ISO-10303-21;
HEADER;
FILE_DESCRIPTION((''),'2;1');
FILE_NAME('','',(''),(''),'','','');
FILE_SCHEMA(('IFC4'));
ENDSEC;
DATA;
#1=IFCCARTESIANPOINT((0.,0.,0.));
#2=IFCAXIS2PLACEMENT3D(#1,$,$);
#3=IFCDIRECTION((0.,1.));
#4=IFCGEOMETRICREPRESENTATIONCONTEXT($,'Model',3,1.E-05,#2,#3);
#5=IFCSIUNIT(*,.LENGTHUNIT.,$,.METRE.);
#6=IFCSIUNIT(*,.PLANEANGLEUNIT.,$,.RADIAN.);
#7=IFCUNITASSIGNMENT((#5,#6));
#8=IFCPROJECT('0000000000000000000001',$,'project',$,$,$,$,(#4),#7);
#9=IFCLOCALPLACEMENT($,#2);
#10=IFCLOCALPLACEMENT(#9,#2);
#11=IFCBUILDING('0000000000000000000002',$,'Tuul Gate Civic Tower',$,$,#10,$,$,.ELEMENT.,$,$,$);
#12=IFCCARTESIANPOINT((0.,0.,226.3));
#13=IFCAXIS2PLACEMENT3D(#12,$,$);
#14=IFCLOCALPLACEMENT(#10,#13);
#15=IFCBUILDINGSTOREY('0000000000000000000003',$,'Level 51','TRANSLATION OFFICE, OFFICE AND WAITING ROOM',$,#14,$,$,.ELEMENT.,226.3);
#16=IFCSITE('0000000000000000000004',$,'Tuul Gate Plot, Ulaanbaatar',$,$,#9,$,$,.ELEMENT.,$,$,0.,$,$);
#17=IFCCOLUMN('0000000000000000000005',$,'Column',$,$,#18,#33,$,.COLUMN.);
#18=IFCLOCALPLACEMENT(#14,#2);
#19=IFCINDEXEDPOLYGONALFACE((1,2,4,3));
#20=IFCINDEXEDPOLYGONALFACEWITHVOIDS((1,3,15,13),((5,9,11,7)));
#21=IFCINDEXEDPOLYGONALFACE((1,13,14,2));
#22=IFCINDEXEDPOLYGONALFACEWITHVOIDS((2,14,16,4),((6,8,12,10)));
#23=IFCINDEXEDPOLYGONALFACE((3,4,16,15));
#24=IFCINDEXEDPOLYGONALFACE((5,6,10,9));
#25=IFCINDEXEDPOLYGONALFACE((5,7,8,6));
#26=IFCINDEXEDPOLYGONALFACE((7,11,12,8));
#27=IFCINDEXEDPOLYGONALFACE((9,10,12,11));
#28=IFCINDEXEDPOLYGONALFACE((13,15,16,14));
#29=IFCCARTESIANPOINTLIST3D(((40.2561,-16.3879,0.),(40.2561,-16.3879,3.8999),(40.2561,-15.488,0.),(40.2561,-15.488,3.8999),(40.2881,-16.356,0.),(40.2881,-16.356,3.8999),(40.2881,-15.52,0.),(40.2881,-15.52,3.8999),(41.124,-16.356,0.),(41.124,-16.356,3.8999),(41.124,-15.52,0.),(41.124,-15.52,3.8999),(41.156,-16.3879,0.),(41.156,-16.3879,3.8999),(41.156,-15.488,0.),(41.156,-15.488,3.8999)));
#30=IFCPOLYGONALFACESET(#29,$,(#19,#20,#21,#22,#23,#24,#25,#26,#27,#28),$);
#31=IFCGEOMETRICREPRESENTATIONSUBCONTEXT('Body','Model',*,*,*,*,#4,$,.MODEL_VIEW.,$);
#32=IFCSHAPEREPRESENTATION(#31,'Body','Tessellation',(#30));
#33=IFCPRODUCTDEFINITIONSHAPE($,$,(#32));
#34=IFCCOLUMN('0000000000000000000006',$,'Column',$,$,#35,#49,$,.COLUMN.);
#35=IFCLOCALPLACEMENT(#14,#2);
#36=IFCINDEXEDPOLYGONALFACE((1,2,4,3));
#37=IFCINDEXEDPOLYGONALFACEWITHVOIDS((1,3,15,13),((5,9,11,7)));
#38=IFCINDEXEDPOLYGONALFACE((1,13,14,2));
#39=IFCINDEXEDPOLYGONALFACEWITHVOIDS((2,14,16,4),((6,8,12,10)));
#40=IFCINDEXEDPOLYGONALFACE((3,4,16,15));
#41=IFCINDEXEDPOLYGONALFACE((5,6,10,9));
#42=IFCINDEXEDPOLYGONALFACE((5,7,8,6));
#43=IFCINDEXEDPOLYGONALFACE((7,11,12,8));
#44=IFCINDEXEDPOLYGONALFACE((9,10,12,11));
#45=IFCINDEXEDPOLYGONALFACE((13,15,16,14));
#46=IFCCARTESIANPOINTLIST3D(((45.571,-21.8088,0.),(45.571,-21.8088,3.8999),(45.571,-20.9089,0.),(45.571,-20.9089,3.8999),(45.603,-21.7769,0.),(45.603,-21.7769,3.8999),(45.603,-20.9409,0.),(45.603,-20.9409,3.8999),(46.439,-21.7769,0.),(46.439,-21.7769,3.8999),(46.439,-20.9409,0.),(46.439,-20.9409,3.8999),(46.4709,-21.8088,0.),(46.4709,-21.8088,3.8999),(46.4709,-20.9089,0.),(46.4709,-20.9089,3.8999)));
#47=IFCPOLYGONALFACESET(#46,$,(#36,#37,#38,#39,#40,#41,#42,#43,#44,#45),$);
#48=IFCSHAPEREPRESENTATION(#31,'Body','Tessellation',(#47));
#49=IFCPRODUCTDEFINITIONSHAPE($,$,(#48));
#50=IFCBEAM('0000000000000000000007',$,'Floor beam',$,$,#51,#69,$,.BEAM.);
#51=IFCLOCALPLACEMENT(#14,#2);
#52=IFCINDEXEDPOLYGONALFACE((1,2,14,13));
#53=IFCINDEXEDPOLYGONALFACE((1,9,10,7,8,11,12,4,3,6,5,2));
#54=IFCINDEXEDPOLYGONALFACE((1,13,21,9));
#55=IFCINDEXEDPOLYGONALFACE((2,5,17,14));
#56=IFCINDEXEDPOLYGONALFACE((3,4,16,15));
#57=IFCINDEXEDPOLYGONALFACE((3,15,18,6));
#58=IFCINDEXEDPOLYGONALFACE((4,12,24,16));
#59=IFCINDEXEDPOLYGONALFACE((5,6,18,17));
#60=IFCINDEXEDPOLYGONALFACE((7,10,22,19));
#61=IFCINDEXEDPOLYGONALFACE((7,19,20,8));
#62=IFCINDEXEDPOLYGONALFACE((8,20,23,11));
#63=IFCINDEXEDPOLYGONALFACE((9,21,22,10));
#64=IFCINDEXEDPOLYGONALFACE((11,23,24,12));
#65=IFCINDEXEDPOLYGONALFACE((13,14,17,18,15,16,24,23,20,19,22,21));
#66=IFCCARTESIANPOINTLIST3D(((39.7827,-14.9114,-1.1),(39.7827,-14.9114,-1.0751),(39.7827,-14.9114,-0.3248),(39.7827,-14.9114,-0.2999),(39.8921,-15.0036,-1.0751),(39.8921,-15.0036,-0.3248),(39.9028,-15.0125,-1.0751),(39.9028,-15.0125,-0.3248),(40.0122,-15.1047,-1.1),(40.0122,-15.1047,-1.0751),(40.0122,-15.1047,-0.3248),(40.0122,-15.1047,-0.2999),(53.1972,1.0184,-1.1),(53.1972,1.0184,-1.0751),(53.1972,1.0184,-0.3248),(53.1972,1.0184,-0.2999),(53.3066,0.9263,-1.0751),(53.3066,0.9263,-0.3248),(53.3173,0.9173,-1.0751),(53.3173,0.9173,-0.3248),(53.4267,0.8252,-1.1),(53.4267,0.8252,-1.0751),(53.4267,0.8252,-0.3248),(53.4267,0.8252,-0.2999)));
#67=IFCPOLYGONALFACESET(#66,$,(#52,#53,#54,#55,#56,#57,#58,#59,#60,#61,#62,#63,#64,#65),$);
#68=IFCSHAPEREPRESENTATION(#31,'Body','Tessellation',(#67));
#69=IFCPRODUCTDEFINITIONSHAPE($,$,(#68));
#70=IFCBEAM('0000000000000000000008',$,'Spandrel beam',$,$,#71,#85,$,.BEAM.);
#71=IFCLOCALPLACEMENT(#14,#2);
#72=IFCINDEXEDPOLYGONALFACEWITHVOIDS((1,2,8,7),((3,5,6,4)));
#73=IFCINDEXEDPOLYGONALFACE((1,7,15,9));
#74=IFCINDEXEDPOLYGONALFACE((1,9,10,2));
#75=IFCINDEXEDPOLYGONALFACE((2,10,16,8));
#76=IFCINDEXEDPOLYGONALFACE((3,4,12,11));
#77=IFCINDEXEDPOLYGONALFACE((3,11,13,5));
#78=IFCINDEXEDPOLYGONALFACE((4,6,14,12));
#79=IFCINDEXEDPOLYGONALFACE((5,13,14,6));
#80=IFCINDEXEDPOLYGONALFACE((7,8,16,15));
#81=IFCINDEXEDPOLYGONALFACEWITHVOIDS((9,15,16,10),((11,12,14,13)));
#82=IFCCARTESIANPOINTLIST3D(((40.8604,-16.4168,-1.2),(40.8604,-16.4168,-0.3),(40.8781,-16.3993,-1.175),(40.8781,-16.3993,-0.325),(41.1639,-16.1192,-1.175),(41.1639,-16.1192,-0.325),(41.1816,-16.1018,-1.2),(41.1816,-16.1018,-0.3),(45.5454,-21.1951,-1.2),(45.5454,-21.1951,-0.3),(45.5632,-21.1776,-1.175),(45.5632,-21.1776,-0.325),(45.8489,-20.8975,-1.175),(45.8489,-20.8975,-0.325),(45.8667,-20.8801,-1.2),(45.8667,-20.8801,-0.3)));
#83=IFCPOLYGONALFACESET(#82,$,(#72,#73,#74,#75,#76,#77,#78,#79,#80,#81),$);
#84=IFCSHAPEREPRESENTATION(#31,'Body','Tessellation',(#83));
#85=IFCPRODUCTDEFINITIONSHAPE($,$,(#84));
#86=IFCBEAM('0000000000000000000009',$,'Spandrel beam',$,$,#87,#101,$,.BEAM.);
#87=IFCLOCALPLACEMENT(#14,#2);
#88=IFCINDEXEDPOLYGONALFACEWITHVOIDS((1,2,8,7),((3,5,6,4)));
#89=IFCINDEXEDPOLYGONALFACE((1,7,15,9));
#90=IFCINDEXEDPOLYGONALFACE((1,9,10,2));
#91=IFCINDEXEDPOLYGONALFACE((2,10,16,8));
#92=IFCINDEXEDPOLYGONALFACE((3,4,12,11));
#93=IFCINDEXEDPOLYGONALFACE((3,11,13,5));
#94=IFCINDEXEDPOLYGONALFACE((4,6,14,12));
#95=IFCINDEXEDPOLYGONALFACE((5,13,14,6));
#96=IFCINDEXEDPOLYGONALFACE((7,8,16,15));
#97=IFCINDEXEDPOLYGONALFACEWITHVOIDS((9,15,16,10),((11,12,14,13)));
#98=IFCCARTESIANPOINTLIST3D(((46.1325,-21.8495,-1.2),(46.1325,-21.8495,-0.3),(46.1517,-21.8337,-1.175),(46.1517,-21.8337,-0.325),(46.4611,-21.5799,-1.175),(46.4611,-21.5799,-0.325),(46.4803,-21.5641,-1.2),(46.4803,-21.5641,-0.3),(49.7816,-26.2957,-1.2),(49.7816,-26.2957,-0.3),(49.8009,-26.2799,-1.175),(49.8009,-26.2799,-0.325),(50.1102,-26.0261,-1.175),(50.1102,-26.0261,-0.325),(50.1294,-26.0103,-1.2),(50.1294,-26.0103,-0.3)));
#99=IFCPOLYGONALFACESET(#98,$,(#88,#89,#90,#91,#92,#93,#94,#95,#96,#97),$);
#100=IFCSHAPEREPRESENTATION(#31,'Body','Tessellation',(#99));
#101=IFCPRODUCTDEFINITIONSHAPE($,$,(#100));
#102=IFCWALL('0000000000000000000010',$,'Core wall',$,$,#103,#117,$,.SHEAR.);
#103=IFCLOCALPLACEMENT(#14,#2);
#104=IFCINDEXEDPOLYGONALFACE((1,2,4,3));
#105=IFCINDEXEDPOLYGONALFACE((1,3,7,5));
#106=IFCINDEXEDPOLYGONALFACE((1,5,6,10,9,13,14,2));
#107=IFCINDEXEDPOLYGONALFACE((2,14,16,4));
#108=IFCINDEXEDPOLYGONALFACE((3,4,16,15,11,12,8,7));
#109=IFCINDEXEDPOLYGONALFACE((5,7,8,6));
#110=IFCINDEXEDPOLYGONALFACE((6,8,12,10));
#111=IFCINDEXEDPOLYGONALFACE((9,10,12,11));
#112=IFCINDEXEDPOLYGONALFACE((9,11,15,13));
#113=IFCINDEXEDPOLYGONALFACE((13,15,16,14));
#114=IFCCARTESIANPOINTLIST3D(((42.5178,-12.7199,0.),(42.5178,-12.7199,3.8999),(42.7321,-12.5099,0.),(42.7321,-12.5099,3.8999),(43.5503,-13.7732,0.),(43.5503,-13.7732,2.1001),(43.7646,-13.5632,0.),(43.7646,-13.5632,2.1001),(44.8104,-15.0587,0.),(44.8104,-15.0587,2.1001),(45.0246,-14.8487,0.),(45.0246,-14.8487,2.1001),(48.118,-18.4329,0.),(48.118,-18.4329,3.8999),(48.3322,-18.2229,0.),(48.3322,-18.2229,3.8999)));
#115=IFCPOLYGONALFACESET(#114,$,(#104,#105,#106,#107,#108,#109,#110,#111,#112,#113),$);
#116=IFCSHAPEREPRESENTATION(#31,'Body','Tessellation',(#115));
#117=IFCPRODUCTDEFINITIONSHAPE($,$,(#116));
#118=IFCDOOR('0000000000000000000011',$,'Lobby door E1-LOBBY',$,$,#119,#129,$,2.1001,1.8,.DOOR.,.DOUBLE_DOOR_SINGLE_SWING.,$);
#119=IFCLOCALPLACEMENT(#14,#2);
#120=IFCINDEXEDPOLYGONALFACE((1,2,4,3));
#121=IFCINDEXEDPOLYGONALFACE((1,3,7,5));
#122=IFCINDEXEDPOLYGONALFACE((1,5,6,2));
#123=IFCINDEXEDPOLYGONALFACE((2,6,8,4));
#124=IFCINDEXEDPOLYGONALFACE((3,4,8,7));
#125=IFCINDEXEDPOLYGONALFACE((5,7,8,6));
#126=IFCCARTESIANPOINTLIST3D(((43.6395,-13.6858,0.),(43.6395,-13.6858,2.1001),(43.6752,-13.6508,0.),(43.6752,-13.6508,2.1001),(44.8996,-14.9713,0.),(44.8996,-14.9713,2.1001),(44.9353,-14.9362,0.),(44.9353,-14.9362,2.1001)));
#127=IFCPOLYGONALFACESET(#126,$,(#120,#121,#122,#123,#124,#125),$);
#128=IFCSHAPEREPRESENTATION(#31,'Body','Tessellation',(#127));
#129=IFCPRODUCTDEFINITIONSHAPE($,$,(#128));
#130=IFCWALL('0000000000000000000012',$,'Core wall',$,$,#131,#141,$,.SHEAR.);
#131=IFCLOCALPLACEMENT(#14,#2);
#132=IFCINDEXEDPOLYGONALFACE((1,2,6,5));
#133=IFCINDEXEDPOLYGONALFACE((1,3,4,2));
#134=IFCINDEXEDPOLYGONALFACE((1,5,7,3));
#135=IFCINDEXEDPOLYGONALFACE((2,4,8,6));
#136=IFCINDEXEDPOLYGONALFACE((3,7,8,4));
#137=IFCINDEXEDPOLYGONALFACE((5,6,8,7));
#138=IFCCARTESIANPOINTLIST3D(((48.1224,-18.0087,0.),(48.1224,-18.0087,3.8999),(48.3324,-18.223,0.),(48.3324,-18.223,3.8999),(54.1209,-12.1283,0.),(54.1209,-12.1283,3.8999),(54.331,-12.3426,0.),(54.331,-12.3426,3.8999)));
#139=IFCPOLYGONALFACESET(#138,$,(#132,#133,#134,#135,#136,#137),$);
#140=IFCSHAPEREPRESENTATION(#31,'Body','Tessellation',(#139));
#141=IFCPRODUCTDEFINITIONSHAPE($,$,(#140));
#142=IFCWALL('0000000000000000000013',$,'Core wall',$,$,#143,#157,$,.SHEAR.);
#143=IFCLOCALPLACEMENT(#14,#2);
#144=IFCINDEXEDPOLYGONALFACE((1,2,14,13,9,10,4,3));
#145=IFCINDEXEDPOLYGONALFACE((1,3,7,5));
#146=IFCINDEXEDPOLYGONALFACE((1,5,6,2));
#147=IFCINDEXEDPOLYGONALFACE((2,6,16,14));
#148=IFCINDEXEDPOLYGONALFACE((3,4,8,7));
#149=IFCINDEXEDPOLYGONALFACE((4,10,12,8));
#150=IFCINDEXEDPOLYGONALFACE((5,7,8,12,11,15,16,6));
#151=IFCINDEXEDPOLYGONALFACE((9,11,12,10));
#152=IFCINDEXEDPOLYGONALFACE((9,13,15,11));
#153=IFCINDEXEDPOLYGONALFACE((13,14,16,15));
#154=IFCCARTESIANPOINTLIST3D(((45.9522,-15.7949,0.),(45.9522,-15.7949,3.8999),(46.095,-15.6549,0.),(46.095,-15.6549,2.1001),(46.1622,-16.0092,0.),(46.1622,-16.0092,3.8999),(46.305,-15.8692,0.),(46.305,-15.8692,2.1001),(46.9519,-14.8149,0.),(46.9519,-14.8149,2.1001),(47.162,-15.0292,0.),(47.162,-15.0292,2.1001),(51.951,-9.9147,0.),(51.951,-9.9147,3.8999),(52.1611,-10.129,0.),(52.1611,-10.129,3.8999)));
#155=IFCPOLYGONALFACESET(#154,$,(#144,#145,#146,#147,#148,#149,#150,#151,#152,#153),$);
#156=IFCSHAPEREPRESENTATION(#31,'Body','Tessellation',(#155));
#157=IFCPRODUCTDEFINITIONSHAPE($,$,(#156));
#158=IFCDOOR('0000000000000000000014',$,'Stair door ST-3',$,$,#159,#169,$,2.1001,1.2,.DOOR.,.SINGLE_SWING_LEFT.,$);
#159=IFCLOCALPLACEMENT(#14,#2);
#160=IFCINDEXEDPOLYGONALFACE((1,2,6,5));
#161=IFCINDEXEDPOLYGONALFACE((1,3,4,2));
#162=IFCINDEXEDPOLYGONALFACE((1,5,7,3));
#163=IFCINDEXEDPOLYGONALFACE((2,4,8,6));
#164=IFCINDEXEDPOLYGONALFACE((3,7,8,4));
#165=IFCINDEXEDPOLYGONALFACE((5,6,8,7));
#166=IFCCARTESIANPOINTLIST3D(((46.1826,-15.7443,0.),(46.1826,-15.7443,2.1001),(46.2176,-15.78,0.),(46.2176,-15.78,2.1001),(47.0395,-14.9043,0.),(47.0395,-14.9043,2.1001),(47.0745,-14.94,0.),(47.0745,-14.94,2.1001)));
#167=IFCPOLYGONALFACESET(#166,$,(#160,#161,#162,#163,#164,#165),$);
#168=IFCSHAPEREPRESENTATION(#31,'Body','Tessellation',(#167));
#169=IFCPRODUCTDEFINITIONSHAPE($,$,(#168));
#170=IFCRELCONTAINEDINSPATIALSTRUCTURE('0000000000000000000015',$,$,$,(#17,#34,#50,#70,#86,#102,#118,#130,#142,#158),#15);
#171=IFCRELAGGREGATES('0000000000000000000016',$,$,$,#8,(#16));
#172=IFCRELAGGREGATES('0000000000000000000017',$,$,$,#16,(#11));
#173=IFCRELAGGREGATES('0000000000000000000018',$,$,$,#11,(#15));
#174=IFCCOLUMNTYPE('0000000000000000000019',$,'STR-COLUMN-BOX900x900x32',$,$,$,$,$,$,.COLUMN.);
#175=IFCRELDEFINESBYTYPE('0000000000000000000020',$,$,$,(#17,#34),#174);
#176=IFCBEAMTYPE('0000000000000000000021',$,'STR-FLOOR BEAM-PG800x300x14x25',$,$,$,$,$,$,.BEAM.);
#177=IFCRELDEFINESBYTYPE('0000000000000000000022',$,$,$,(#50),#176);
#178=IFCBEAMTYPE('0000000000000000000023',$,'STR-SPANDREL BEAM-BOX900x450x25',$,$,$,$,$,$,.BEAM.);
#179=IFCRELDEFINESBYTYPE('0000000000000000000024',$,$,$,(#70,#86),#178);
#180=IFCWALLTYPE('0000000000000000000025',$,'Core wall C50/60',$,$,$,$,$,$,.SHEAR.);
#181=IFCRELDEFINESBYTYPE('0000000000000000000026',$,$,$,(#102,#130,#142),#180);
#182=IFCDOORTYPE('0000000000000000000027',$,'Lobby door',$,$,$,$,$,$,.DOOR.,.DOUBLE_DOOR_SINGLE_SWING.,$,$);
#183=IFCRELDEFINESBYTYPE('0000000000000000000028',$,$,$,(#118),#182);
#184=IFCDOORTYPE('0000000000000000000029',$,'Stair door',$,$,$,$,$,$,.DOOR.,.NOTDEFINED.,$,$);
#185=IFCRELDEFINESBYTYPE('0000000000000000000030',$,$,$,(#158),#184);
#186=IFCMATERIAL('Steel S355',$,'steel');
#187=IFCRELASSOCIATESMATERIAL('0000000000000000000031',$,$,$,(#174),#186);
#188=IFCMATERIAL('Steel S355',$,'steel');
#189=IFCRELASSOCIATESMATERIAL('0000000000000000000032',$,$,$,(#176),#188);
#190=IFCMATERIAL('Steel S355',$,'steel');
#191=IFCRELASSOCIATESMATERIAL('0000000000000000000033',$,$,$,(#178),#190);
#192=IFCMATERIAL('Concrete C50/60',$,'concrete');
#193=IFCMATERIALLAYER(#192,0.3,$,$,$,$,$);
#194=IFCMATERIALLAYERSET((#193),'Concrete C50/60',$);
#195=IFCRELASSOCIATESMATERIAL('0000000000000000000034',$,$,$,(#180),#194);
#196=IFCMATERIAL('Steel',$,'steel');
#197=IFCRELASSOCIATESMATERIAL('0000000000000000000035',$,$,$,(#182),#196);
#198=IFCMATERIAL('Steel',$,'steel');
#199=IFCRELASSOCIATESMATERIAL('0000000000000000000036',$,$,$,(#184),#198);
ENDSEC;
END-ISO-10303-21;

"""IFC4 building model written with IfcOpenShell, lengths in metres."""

from ifc_helpers import new_model, si_unit, direction, frame, frame_2d, origin, origin_2d, place, context, subcontext, project, spatial, rectangle, hollow_rectangle, i_section, extrude, material, layer, layer_set, material_profile, profile_set, type_object, element, fill, save


model = new_model("IFC4")

# Units and contexts
model_context = context("Model", 3, precision=1e-05, world=origin(), true_north=direction((0.0, 1.0)))
body_context = subcontext(model_context, "Body", "Model", "MODEL_VIEW")
ifc_project = project(units=[si_unit("LENGTHUNIT", "METRE"), si_unit("PLANEANGLEUNIT", "RADIAN")], contexts=[model_context])

# Site, building, storey
site_placement = place(None, origin())
site = spatial("IfcSite", under=ifc_project, at=site_placement, Name="Tuul Gate Plot, Ulaanbaatar", CompositionType="ELEMENT", RefElevation=0.0)
building_placement = place(site_placement, origin())
building = spatial("IfcBuilding", under=site, at=building_placement, Name="Tuul Gate Civic Tower", CompositionType="ELEMENT")
storey_placement = place(building_placement, frame((0.0, 0.0, 226.3)))
storey = spatial("IfcBuildingStorey", under=building, at=storey_placement, Name="Level 51", Description="TRANSLATION OFFICE, OFFICE AND WAITING ROOM", CompositionType="ELEMENT", Elevation=226.3)

# Columns
ifc_material_1 = material(Name="Steel S355", Category="steel")
ifc_material_profile_1 = material_profile(ifc_material_1, hollow_rectangle(XDim=0.8999, YDim=0.8999, WallThickness=0.032, at=origin_2d()), Name="BOX900x900x32")
ifc_profile_set_1 = profile_set([ifc_material_profile_1], Name="Steel S355")
column_type = type_object("IfcColumnType", Name="STR-COLUMN-BOX900x900x32", PredefinedType="COLUMN", material=ifc_profile_set_1)
for number, where, z_axis, x_axis, name in (
    (1, (40.7061, -15.938, 0.0), (0.0, 0.0, 1.0), (1.0, 0.0, 0.0), "Column"),
    (2, (46.021, -21.3589, 0.0), (0.0, 0.0, 1.0), (1.0, 0.0, 0.0), "Column"),
):
    element("IfcColumn", number, at=place(storey_placement, frame(where, z_axis=z_axis, x_axis=x_axis)), inside=storey, type_object=column_type, Name=name, PredefinedType="COLUMN", context=body_context, shape_type="SweptSolid", body=[
        extrude(hollow_rectangle(XDim=0.8999, YDim=0.8999, WallThickness=0.032, at=origin_2d()), origin(), (0.0, 0.0, 1.0), 3.8999),
    ])

# Beams
ifc_material_2 = material(Name="Steel S355", Category="steel")
ifc_material_profile_2 = material_profile(ifc_material_2, i_section(OverallWidth=0.3, OverallDepth=0.8, WebThickness=0.0139, FlangeThickness=0.0249, at=origin_2d()), Name="PG800x300x14x25")
ifc_profile_set_2 = profile_set([ifc_material_profile_2], Name="Steel S355")
beam_type_1 = type_object("IfcBeamType", Name="STR-FLOOR BEAM-PG800x300x14x25", PredefinedType="BEAM", material=ifc_profile_set_2)
beam_1_placement = place(storey_placement, frame((39.8975, -15.0081, -0.7), z_axis=(0.644132, 0.764914, 0.0), x_axis=(-0.764914, 0.644132, 0.0)))
element("IfcBeam", 3, at=beam_1_placement, inside=storey, type_object=beam_type_1, Name="Floor beam", PredefinedType="BEAM", context=body_context, shape_type="SweptSolid", body=[
    extrude(i_section(OverallWidth=0.3, OverallDepth=0.8, WebThickness=0.0139, FlangeThickness=0.0249, at=origin_2d()), origin(), (0.0, 0.0, 1.0), 20.8257),
])
ifc_material_3 = material(Name="Steel S355", Category="steel")
ifc_material_profile_3 = material_profile(ifc_material_3, hollow_rectangle(XDim=0.45, YDim=0.8999, WallThickness=0.0249, at=origin_2d()), Name="BOX900x450x25")
ifc_profile_set_3 = profile_set([ifc_material_profile_3], Name="Steel S355")
beam_type_2 = type_object("IfcBeamType", Name="STR-SPANDREL BEAM-BOX900x450x25", PredefinedType="BEAM", material=ifc_profile_set_3)
beam_2_placement = place(storey_placement, frame((41.021, -16.2593, -0.75), z_axis=(0.700104, -0.714041, 0.0), x_axis=(0.714041, 0.700104, 0.0)))
element("IfcBeam", 4, at=beam_2_placement, inside=storey, type_object=beam_type_2, Name="Spandrel beam", PredefinedType="BEAM", context=body_context, shape_type="SweptSolid", body=[
    extrude(hollow_rectangle(XDim=0.45, YDim=0.8999, WallThickness=0.0249, at=origin_2d()), origin(), (0.0, 0.0, 1.0), 6.6919),
])
beam_3_placement = place(storey_placement, frame((46.3064, -21.7068, -0.75), z_axis=(0.634414, -0.772994, 0.0), x_axis=(0.772994, 0.634414, 0.0)))
element("IfcBeam", 5, at=beam_3_placement, inside=storey, type_object=beam_type_2, Name="Spandrel beam", PredefinedType="BEAM", context=body_context, shape_type="SweptSolid", body=[
    extrude(hollow_rectangle(XDim=0.45, YDim=0.8999, WallThickness=0.0249, at=origin_2d()), origin(), (0.0, 0.0, 1.0), 5.752),
])

# Wall, opening, door
ifc_material_4 = material(Name="Concrete C50/60", Category="concrete")
ifc_layer_1 = layer(ifc_material_4, 0.3)
ifc_layer_set_1 = layer_set([ifc_layer_1], Name="Concrete C50/60")
wall_type_1 = type_object("IfcWallType", Name="Core wall C50/60", PredefinedType="SHEAR", material=ifc_layer_set_1)
wall_1_placement = place(storey_placement, frame((48.2251, -18.3279, 0.0), z_axis=(0.0, 0.0, 1.0), x_axis=(-0.700022, 0.714121, 0.0)))
wall_1 = element("IfcWall", 6, at=wall_1_placement, inside=storey, type_object=wall_type_1, Name="Core wall", PredefinedType="SHEAR", context=body_context, shape_type="SweptSolid", body=[
    extrude(rectangle(XDim=8.0, YDim=0.3, at=frame_2d((4.0, 0.0))), origin(), (0.0, 0.0, 1.0), 3.8999),
])
opening_1_placement = place(wall_1_placement, frame((4.7251, 0.0, 0.0)))
opening_1 = element("IfcOpeningElement", 7, at=opening_1_placement, cuts=wall_1, PredefinedType="OPENING", context=body_context, shape_type="SweptSolid", body=[
    extrude(rectangle(XDim=1.8, YDim=2.1001, at=frame_2d((0.8999, 1.05))), frame((0.0, 0.1602, 0.0), z_axis=(0.0, -1.0, 0.0), x_axis=(1.0, 0.0, 0.0)), (0.0, 0.0, 1.0), 0.3201),
])
ifc_material_5 = material(Name="Steel", Category="steel")
door_type_1 = type_object("IfcDoorType", Name="Lobby door", OperationType="DOUBLE_DOOR_SINGLE_SWING", PredefinedType="DOOR", material=ifc_material_5)
door_1_placement = place(opening_1_placement, frame((1.8, 0.0, 0.0), z_axis=(0.0, 0.0, 1.0), x_axis=(-1.0, 0.0, 0.0)))
door_1 = element("IfcDoor", 8, at=door_1_placement, inside=storey, type_object=door_type_1, Name="Lobby door E1-LOBBY", OperationType="DOUBLE_DOOR_SINGLE_SWING", OverallHeight=2.1001, OverallWidth=1.8, PredefinedType="DOOR", context=body_context, shape_type="SweptSolid", body=[
    extrude(rectangle(XDim=1.8, YDim=2.1001, at=frame_2d((0.9001, 1.05))), frame((0.0, 0.0249, 0.0), z_axis=(0.0, -1.0, 0.0), x_axis=(1.0, 0.0, 0.0)), (0.0, 0.0, 1.0), 0.05),
])
fill(opening_1, door_1)

# Wall
wall_2_placement = place(storey_placement, frame((48.2273, -18.116, 0.0), z_axis=(0.0, 0.0, 1.0), x_axis=(0.714105, 0.700038, 0.0)))
element("IfcWall", 9, at=wall_2_placement, inside=storey, type_object=wall_type_1, Name="Core wall", PredefinedType="SHEAR", context=body_context, shape_type="SweptSolid", body=[
    extrude(rectangle(XDim=8.4001, YDim=0.3, at=frame_2d((4.2002, 0.0))), origin(), (0.0, 0.0, 1.0), 3.8999),
])

# Wall, opening, door
wall_3_placement = place(storey_placement, frame((46.0571, -15.9021, 0.0), z_axis=(0.0, 0.0, 1.0), x_axis=(0.714134, 0.700009, 0.0)))
wall_3 = element("IfcWall", 10, at=wall_3_placement, inside=storey, type_object=wall_type_1, Name="Core wall", PredefinedType="SHEAR", context=body_context, shape_type="SweptSolid", body=[
    extrude(rectangle(XDim=8.4001, YDim=0.3, at=frame_2d((4.2002, 0.0))), origin(), (0.0, 0.0, 1.0), 3.8999),
])
opening_2_placement = place(wall_3_placement, frame((0.2, 0.0, 0.0)))
opening_2 = element("IfcOpeningElement", 11, at=opening_2_placement, cuts=wall_3, PredefinedType="OPENING", context=body_context, shape_type="SweptSolid", body=[
    extrude(rectangle(XDim=1.2, YDim=2.1001, at=frame_2d((0.6001, 1.05))), frame((0.0, 0.1602, 0.0), z_axis=(0.0, -1.0, 0.0), x_axis=(1.0, 0.0, 0.0)), (0.0, 0.0, 1.0), 0.3201),
])
ifc_material_6 = material(Name="Steel", Category="steel")
door_type_2 = type_object("IfcDoorType", Name="Stair door", OperationType="NOTDEFINED", PredefinedType="DOOR", material=ifc_material_6)
door_2_placement = place(opening_2_placement, origin())
door_2 = element("IfcDoor", 12, at=door_2_placement, inside=storey, type_object=door_type_2, Name="Stair door ST-3", OperationType="SINGLE_SWING_LEFT", OverallHeight=2.1001, OverallWidth=1.2, PredefinedType="DOOR", context=body_context, shape_type="SweptSolid", body=[
    extrude(rectangle(XDim=1.2, YDim=2.1001, at=frame_2d((0.6001, 1.05))), frame((0.0, 0.0249, 0.0), z_axis=(0.0, -1.0, 0.0), x_axis=(1.0, 0.0, 0.0)), (0.0, 0.0, 1.0), 0.05),
])
fill(opening_2, door_2)

save(model, "model.ifc")
